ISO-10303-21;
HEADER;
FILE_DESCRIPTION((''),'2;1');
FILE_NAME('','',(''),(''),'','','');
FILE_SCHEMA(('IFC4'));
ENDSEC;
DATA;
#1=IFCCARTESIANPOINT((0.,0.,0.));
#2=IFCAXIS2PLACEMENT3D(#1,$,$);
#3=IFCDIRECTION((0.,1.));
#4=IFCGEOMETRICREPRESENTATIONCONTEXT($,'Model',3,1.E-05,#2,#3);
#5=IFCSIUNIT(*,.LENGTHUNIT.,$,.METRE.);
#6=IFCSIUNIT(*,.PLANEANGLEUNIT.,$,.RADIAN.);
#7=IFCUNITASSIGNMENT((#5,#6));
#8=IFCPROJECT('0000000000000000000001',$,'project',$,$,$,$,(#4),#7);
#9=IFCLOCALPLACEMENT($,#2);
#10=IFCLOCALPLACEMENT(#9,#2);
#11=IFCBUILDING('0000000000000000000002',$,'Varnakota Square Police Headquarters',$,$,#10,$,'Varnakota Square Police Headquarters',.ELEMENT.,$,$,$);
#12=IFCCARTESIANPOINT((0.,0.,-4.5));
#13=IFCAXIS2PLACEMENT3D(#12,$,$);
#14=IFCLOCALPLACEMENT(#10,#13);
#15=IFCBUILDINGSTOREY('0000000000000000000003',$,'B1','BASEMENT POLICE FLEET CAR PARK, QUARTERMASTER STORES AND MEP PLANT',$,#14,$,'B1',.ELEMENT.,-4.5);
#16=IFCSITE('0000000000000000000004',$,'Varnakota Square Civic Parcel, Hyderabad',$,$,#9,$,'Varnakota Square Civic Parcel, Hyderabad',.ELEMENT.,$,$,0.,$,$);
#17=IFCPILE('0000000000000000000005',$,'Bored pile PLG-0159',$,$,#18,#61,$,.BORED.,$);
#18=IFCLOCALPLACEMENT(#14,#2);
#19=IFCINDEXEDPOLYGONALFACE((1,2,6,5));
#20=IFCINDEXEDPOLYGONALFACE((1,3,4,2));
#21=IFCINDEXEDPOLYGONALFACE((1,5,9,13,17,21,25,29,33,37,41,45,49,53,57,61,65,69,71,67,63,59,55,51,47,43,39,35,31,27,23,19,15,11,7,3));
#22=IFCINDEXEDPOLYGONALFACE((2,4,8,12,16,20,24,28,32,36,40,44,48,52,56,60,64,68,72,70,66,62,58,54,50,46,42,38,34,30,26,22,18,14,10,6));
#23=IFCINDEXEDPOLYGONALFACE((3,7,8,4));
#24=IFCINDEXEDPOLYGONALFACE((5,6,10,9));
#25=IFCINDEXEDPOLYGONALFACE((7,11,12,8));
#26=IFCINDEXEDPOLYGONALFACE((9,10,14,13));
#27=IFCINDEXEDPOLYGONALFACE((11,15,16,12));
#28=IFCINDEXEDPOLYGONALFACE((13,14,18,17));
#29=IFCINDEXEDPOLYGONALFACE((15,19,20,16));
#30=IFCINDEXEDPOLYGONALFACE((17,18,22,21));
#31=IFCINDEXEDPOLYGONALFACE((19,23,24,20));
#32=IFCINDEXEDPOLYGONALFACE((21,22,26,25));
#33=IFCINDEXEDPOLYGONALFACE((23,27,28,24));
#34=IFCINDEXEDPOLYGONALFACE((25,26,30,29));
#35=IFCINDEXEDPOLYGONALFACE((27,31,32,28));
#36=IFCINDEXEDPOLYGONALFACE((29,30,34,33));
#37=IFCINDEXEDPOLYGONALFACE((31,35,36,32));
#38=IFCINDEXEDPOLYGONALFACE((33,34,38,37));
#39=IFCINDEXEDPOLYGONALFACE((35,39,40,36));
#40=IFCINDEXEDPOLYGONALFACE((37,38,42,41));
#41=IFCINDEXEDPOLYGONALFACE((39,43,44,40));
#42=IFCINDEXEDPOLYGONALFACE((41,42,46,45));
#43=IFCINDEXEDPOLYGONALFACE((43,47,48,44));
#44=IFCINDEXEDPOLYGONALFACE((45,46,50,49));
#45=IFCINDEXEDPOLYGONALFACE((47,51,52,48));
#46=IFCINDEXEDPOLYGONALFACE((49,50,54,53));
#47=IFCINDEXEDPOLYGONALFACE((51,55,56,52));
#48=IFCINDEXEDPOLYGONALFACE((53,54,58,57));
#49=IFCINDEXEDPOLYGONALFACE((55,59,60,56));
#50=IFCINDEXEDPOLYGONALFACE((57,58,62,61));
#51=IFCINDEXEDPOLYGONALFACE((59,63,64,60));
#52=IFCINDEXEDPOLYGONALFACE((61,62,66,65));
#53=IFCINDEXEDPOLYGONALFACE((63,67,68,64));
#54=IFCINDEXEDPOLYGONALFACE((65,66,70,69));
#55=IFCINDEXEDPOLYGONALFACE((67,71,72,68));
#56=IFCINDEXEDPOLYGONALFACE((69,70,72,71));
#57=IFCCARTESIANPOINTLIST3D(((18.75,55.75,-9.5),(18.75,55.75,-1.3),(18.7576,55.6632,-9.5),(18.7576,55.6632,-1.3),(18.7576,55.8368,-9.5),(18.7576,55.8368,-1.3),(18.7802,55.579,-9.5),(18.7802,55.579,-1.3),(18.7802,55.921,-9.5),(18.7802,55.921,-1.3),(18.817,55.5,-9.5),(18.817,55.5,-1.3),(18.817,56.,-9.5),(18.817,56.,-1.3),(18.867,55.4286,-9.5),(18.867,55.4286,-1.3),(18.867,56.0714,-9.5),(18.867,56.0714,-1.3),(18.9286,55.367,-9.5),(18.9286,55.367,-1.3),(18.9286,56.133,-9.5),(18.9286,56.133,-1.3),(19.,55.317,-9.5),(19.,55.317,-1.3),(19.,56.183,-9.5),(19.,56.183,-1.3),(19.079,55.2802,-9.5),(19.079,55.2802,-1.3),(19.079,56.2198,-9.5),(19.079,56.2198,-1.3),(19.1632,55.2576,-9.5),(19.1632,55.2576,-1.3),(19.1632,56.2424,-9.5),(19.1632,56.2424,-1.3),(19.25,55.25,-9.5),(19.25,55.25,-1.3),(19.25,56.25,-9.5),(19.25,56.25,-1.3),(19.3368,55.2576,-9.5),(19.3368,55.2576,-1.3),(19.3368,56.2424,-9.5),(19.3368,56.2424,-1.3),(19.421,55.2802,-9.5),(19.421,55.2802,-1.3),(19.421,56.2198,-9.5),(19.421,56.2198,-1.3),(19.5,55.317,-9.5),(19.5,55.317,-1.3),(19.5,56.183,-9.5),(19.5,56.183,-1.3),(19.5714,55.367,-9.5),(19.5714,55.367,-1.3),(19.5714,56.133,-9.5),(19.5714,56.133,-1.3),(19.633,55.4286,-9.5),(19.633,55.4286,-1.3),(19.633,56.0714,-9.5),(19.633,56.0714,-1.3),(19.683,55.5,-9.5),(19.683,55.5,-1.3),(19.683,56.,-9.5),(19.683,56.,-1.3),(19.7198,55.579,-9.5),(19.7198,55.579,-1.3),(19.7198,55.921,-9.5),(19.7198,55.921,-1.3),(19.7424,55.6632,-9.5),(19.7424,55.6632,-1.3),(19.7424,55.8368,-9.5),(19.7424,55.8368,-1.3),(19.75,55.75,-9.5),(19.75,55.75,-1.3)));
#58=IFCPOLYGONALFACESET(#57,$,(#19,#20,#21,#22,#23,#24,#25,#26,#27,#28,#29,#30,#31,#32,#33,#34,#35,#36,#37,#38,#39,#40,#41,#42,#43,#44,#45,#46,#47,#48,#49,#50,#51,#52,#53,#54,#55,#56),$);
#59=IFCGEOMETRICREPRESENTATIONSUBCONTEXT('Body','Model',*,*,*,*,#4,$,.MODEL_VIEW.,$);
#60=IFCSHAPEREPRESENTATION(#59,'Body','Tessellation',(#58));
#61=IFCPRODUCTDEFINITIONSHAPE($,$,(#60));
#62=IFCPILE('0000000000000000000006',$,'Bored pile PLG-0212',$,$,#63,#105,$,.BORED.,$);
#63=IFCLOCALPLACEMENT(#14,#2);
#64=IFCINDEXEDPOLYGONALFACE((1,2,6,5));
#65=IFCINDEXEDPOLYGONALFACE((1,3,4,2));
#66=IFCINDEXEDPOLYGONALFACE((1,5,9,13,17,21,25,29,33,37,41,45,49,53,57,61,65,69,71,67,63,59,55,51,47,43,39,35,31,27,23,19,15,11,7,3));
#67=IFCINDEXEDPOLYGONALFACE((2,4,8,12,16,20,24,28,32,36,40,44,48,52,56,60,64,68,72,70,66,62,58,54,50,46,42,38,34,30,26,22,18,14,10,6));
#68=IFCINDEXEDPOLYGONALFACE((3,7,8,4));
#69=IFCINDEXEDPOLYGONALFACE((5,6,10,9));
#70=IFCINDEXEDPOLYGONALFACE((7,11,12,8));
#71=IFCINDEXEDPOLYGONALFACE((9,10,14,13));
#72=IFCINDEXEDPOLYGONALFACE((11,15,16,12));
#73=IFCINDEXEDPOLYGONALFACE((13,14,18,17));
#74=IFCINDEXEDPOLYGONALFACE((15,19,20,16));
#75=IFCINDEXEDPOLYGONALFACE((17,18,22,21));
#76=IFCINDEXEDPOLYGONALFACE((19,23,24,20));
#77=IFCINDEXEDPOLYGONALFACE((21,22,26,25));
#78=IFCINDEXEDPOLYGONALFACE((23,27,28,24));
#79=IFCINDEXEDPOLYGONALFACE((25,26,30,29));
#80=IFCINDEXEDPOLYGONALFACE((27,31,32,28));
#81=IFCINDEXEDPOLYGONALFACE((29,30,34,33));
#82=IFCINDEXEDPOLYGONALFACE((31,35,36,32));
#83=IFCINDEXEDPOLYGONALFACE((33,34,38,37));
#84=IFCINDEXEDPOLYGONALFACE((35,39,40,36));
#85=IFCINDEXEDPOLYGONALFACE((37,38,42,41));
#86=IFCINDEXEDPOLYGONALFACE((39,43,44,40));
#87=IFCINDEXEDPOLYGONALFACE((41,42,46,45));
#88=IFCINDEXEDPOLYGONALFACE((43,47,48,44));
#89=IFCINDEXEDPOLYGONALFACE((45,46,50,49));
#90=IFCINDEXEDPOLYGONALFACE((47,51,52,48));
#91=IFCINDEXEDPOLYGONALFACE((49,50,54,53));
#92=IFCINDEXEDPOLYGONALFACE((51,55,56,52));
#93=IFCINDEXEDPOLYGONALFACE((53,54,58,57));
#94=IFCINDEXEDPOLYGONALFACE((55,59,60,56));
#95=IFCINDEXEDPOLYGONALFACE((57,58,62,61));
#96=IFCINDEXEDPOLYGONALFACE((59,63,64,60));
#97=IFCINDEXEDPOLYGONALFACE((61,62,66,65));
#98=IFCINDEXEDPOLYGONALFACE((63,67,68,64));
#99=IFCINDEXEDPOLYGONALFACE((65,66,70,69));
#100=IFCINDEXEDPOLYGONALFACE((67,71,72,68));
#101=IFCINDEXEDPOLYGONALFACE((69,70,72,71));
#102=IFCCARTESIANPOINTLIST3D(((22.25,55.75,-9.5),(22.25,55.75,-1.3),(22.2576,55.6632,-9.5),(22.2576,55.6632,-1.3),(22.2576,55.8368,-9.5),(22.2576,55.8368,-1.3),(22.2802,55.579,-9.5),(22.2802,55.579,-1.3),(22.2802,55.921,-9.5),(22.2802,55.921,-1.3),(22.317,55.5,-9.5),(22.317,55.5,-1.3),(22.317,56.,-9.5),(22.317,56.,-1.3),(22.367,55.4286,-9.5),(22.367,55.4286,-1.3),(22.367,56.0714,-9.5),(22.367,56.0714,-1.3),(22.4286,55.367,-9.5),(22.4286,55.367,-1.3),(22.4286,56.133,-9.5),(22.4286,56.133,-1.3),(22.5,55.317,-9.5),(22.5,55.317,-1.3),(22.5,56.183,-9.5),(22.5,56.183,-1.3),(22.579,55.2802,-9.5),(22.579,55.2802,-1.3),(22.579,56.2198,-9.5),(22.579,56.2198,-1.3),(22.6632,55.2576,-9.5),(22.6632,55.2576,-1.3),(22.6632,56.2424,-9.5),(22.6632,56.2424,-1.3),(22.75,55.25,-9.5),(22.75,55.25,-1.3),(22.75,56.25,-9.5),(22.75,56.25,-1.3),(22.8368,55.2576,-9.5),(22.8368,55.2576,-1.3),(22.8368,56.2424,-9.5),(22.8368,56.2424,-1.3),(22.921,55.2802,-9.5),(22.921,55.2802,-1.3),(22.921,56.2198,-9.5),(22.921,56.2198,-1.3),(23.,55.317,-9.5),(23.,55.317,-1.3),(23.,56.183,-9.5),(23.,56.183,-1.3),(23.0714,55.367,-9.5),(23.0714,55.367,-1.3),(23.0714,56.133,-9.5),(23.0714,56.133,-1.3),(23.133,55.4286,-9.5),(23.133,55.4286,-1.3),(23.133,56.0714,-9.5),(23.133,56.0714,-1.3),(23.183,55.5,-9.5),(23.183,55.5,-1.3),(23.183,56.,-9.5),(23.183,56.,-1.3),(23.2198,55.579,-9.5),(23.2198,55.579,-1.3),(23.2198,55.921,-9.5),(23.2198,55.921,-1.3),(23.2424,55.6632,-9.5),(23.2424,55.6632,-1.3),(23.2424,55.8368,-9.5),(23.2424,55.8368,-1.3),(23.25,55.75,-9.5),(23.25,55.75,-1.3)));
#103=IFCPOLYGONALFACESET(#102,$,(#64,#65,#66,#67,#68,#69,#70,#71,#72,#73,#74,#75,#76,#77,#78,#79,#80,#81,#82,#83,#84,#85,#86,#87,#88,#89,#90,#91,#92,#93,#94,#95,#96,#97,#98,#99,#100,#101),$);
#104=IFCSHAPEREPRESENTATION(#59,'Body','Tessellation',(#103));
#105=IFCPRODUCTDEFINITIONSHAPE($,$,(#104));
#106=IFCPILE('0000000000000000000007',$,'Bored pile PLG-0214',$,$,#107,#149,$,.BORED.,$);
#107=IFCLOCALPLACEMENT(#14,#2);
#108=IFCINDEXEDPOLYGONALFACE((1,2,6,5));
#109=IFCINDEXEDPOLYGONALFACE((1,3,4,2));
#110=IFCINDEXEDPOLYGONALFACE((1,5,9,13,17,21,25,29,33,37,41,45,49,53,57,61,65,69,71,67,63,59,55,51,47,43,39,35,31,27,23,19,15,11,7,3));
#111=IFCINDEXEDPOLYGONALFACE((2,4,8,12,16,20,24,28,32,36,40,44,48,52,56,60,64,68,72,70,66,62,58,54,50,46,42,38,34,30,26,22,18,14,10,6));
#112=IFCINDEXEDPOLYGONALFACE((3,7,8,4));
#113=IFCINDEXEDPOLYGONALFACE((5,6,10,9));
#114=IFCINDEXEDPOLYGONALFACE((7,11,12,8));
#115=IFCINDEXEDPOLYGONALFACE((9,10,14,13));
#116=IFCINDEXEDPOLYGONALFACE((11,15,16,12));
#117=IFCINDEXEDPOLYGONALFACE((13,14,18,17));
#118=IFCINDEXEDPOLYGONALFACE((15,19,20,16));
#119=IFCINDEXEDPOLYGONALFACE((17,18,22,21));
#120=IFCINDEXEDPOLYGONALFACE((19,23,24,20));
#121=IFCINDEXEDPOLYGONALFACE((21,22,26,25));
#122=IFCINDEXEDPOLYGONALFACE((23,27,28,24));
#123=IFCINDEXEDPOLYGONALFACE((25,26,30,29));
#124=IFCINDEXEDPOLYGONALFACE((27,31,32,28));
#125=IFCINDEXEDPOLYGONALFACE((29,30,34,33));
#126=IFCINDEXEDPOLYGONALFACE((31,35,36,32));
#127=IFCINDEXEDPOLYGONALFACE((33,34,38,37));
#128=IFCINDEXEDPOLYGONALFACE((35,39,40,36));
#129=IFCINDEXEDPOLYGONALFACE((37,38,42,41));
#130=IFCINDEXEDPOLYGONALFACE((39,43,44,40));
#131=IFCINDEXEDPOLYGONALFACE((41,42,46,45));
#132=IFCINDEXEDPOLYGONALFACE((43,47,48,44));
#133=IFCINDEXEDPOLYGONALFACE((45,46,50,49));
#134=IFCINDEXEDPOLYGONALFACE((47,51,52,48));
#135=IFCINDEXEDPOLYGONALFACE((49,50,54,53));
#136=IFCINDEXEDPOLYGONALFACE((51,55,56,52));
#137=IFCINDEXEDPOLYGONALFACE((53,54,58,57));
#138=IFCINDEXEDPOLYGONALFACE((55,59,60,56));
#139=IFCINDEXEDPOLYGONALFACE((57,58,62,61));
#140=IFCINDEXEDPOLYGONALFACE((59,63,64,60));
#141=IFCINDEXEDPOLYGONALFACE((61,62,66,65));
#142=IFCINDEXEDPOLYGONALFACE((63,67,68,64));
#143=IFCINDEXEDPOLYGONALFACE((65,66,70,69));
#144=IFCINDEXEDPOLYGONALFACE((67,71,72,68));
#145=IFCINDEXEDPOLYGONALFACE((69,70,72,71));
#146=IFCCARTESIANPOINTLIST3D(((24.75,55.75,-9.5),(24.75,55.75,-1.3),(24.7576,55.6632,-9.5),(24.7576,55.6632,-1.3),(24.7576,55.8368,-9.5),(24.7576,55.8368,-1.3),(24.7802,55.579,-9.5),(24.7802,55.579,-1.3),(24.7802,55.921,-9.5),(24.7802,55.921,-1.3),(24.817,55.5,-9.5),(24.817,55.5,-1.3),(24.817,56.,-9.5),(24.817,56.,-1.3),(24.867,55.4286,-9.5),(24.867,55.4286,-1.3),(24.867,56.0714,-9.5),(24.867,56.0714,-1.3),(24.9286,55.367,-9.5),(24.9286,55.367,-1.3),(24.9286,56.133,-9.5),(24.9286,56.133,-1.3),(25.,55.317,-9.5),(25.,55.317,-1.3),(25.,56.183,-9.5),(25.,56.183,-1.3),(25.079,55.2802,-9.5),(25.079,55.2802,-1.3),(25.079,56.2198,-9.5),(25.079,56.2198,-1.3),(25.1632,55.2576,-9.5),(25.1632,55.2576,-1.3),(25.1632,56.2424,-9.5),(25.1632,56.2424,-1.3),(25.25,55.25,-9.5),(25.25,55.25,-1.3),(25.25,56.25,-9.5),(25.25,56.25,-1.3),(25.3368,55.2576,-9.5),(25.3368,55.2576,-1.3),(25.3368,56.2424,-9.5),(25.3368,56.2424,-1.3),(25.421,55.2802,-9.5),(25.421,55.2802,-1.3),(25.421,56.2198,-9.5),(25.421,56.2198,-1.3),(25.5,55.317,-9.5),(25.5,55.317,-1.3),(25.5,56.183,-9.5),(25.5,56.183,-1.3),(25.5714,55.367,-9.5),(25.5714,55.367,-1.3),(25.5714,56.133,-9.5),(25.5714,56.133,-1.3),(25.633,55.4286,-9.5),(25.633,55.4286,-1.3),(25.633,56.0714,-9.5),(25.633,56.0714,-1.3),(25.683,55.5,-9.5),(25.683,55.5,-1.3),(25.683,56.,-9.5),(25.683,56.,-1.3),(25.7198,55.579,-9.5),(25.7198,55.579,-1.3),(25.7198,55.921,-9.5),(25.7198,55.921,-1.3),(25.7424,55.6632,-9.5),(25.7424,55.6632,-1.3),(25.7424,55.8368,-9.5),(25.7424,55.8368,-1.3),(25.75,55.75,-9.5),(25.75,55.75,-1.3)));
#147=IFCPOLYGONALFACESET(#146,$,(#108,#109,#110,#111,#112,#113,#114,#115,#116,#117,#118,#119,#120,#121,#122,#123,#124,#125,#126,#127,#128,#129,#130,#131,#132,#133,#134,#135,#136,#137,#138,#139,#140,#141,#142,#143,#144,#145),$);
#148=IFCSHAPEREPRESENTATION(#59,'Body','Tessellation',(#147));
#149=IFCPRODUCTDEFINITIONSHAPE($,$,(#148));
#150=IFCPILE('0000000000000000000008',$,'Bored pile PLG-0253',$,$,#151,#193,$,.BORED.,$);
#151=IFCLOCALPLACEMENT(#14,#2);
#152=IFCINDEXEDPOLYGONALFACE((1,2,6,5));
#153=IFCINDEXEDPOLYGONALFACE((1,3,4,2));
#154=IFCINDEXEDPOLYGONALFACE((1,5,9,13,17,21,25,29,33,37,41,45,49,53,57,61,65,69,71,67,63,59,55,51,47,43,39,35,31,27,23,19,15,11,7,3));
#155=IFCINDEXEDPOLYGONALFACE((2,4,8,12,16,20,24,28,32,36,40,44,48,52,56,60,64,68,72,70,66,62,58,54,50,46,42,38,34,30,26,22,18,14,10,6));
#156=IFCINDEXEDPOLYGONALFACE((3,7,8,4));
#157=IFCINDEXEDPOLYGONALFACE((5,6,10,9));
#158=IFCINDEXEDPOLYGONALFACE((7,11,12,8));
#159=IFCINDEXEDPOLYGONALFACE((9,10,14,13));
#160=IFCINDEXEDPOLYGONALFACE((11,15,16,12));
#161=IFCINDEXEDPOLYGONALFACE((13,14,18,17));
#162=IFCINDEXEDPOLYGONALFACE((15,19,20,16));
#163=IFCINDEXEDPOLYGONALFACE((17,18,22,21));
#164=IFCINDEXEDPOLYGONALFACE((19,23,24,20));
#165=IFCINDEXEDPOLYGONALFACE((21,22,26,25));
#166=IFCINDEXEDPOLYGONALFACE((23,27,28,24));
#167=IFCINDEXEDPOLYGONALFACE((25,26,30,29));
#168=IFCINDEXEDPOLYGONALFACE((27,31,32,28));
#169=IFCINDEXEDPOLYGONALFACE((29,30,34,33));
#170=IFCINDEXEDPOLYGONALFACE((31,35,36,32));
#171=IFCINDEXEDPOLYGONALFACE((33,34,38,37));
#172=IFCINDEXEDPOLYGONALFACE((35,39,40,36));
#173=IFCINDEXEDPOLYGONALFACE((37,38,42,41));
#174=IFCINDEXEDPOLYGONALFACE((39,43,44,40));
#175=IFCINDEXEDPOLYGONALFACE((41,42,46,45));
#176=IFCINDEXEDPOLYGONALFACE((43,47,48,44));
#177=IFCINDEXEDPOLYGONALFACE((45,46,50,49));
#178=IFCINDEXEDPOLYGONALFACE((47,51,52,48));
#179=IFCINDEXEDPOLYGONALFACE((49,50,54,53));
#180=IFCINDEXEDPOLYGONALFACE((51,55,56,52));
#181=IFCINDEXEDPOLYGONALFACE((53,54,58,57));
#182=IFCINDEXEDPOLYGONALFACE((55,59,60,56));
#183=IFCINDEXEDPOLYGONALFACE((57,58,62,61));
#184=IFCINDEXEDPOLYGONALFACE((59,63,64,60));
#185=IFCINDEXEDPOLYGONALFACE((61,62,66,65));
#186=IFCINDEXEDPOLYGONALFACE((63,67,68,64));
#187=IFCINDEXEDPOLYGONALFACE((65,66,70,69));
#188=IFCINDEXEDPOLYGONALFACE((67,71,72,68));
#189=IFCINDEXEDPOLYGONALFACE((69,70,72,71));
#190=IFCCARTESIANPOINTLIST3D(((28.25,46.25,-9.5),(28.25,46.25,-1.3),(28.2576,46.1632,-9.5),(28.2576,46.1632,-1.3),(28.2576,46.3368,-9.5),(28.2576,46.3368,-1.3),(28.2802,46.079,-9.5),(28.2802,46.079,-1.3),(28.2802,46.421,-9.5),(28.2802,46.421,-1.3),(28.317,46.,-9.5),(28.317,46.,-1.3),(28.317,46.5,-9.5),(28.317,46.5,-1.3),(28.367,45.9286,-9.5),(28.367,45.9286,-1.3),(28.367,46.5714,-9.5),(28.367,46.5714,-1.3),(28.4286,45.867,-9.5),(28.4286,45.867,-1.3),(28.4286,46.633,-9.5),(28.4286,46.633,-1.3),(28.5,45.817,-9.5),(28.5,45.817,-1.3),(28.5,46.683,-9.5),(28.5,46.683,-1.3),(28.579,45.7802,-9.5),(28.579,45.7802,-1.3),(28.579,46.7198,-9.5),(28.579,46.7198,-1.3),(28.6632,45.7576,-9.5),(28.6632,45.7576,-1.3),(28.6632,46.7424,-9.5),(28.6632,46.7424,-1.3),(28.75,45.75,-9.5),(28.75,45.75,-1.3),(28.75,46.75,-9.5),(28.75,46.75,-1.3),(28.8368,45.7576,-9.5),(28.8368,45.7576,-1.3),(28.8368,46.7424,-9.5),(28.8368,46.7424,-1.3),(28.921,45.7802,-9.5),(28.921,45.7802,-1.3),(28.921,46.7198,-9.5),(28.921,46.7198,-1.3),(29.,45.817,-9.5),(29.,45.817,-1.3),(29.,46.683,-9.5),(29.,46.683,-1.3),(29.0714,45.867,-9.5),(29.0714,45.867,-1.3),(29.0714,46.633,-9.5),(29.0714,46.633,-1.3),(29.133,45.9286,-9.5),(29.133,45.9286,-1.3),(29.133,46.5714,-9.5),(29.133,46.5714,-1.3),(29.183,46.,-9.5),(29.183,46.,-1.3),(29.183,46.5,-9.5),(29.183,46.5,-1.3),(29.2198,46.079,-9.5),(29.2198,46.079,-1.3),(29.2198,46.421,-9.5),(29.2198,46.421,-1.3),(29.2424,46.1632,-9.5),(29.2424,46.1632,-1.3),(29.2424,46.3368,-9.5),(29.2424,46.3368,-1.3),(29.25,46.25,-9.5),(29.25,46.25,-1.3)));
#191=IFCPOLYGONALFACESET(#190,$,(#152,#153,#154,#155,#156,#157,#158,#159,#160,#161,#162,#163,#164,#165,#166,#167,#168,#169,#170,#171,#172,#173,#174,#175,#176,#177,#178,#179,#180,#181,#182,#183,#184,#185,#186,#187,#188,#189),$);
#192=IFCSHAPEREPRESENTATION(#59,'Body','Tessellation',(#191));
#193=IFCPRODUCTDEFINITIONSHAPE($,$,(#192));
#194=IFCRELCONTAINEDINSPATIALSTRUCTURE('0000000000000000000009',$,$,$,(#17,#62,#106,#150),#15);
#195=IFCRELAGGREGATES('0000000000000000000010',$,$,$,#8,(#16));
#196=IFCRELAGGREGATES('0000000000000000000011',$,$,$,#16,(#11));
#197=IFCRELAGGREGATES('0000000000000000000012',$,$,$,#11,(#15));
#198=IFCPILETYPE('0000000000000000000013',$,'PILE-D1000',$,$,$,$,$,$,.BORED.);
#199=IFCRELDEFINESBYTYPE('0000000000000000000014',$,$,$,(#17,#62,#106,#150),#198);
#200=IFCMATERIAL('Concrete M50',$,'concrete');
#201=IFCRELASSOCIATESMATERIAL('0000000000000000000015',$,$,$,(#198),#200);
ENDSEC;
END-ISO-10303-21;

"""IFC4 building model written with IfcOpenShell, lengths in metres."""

from ifc_helpers import new_model, si_unit, direction, frame, origin, origin_2d, place, context, subcontext, project, spatial, circle, extrude, material, material_profile, profile_set, type_object, element, save


model = new_model("IFC4")

# Units and contexts
model_context = context("Model", 3, precision=1e-05, world=origin(), true_north=direction((0.0, 1.0)))
body_context = subcontext(model_context, "Body", "Model", "MODEL_VIEW")
ifc_project = project(units=[si_unit("LENGTHUNIT", "METRE"), si_unit("PLANEANGLEUNIT", "RADIAN")], contexts=[model_context])

# Site, building, storey
site_placement = place(None, origin())
site = spatial("IfcSite", under=ifc_project, at=site_placement, Name="Varnakota Square Civic Parcel, Hyderabad", LongName="Varnakota Square Civic Parcel, Hyderabad", CompositionType="ELEMENT", RefElevation=0.0)
building_placement = place(site_placement, origin())
building = spatial("IfcBuilding", under=site, at=building_placement, Name="Varnakota Square Police Headquarters", LongName="Varnakota Square Police Headquarters", CompositionType="ELEMENT")
storey_placement = place(building_placement, frame((0.0, 0.0, -4.5)))
storey = spatial("IfcBuildingStorey", under=building, at=storey_placement, Name="B1", Description="BASEMENT POLICE FLEET CAR PARK, QUARTERMASTER STORES AND MEP PLANT", LongName="B1", CompositionType="ELEMENT", Elevation=-4.5)

# Shared definitions
ifc_material_1 = material(Name="Concrete M50", Category="concrete")

# Piles
ifc_material_profile_1 = material_profile(ifc_material_1, circle(Radius=0.5, at=origin_2d()), Name="BORED PILE 1000")
ifc_profile_set_1 = profile_set([ifc_material_profile_1], Name="Concrete M50")
pile_type = type_object("IfcPileType", Name="PILE-D1000", PredefinedType="BORED", material=ifc_profile_set_1)
for number, where, z_axis, x_axis, name in (
    (1, (19.25, 55.75, -1.3), (0.0, 0.0, -1.0), (1.0, 0.0, 0.0), "Bored pile PLG-0159"),
    (2, (22.75, 55.75, -1.3), (0.0, 0.0, -1.0), (1.0, 0.0, 0.0), "Bored pile PLG-0212"),
    (3, (25.25, 55.75, -1.3), (0.0, 0.0, -1.0), (1.0, 0.0, 0.0), "Bored pile PLG-0214"),
    (4, (28.75, 46.25, -1.3), (0.0, 0.0, -1.0), (1.0, 0.0, 0.0), "Bored pile PLG-0253"),
):
    element("IfcPile", number, at=place(storey_placement, frame(where, z_axis=z_axis, x_axis=x_axis)), inside=storey, type_object=pile_type, Name=name, PredefinedType="BORED", context=body_context, shape_type="SweptSolid", body=[
        extrude(circle(Radius=0.5, at=origin_2d()), origin(), (0.0, 0.0, 1.0), 8.2),
    ])

save(model, "model.ifc")
